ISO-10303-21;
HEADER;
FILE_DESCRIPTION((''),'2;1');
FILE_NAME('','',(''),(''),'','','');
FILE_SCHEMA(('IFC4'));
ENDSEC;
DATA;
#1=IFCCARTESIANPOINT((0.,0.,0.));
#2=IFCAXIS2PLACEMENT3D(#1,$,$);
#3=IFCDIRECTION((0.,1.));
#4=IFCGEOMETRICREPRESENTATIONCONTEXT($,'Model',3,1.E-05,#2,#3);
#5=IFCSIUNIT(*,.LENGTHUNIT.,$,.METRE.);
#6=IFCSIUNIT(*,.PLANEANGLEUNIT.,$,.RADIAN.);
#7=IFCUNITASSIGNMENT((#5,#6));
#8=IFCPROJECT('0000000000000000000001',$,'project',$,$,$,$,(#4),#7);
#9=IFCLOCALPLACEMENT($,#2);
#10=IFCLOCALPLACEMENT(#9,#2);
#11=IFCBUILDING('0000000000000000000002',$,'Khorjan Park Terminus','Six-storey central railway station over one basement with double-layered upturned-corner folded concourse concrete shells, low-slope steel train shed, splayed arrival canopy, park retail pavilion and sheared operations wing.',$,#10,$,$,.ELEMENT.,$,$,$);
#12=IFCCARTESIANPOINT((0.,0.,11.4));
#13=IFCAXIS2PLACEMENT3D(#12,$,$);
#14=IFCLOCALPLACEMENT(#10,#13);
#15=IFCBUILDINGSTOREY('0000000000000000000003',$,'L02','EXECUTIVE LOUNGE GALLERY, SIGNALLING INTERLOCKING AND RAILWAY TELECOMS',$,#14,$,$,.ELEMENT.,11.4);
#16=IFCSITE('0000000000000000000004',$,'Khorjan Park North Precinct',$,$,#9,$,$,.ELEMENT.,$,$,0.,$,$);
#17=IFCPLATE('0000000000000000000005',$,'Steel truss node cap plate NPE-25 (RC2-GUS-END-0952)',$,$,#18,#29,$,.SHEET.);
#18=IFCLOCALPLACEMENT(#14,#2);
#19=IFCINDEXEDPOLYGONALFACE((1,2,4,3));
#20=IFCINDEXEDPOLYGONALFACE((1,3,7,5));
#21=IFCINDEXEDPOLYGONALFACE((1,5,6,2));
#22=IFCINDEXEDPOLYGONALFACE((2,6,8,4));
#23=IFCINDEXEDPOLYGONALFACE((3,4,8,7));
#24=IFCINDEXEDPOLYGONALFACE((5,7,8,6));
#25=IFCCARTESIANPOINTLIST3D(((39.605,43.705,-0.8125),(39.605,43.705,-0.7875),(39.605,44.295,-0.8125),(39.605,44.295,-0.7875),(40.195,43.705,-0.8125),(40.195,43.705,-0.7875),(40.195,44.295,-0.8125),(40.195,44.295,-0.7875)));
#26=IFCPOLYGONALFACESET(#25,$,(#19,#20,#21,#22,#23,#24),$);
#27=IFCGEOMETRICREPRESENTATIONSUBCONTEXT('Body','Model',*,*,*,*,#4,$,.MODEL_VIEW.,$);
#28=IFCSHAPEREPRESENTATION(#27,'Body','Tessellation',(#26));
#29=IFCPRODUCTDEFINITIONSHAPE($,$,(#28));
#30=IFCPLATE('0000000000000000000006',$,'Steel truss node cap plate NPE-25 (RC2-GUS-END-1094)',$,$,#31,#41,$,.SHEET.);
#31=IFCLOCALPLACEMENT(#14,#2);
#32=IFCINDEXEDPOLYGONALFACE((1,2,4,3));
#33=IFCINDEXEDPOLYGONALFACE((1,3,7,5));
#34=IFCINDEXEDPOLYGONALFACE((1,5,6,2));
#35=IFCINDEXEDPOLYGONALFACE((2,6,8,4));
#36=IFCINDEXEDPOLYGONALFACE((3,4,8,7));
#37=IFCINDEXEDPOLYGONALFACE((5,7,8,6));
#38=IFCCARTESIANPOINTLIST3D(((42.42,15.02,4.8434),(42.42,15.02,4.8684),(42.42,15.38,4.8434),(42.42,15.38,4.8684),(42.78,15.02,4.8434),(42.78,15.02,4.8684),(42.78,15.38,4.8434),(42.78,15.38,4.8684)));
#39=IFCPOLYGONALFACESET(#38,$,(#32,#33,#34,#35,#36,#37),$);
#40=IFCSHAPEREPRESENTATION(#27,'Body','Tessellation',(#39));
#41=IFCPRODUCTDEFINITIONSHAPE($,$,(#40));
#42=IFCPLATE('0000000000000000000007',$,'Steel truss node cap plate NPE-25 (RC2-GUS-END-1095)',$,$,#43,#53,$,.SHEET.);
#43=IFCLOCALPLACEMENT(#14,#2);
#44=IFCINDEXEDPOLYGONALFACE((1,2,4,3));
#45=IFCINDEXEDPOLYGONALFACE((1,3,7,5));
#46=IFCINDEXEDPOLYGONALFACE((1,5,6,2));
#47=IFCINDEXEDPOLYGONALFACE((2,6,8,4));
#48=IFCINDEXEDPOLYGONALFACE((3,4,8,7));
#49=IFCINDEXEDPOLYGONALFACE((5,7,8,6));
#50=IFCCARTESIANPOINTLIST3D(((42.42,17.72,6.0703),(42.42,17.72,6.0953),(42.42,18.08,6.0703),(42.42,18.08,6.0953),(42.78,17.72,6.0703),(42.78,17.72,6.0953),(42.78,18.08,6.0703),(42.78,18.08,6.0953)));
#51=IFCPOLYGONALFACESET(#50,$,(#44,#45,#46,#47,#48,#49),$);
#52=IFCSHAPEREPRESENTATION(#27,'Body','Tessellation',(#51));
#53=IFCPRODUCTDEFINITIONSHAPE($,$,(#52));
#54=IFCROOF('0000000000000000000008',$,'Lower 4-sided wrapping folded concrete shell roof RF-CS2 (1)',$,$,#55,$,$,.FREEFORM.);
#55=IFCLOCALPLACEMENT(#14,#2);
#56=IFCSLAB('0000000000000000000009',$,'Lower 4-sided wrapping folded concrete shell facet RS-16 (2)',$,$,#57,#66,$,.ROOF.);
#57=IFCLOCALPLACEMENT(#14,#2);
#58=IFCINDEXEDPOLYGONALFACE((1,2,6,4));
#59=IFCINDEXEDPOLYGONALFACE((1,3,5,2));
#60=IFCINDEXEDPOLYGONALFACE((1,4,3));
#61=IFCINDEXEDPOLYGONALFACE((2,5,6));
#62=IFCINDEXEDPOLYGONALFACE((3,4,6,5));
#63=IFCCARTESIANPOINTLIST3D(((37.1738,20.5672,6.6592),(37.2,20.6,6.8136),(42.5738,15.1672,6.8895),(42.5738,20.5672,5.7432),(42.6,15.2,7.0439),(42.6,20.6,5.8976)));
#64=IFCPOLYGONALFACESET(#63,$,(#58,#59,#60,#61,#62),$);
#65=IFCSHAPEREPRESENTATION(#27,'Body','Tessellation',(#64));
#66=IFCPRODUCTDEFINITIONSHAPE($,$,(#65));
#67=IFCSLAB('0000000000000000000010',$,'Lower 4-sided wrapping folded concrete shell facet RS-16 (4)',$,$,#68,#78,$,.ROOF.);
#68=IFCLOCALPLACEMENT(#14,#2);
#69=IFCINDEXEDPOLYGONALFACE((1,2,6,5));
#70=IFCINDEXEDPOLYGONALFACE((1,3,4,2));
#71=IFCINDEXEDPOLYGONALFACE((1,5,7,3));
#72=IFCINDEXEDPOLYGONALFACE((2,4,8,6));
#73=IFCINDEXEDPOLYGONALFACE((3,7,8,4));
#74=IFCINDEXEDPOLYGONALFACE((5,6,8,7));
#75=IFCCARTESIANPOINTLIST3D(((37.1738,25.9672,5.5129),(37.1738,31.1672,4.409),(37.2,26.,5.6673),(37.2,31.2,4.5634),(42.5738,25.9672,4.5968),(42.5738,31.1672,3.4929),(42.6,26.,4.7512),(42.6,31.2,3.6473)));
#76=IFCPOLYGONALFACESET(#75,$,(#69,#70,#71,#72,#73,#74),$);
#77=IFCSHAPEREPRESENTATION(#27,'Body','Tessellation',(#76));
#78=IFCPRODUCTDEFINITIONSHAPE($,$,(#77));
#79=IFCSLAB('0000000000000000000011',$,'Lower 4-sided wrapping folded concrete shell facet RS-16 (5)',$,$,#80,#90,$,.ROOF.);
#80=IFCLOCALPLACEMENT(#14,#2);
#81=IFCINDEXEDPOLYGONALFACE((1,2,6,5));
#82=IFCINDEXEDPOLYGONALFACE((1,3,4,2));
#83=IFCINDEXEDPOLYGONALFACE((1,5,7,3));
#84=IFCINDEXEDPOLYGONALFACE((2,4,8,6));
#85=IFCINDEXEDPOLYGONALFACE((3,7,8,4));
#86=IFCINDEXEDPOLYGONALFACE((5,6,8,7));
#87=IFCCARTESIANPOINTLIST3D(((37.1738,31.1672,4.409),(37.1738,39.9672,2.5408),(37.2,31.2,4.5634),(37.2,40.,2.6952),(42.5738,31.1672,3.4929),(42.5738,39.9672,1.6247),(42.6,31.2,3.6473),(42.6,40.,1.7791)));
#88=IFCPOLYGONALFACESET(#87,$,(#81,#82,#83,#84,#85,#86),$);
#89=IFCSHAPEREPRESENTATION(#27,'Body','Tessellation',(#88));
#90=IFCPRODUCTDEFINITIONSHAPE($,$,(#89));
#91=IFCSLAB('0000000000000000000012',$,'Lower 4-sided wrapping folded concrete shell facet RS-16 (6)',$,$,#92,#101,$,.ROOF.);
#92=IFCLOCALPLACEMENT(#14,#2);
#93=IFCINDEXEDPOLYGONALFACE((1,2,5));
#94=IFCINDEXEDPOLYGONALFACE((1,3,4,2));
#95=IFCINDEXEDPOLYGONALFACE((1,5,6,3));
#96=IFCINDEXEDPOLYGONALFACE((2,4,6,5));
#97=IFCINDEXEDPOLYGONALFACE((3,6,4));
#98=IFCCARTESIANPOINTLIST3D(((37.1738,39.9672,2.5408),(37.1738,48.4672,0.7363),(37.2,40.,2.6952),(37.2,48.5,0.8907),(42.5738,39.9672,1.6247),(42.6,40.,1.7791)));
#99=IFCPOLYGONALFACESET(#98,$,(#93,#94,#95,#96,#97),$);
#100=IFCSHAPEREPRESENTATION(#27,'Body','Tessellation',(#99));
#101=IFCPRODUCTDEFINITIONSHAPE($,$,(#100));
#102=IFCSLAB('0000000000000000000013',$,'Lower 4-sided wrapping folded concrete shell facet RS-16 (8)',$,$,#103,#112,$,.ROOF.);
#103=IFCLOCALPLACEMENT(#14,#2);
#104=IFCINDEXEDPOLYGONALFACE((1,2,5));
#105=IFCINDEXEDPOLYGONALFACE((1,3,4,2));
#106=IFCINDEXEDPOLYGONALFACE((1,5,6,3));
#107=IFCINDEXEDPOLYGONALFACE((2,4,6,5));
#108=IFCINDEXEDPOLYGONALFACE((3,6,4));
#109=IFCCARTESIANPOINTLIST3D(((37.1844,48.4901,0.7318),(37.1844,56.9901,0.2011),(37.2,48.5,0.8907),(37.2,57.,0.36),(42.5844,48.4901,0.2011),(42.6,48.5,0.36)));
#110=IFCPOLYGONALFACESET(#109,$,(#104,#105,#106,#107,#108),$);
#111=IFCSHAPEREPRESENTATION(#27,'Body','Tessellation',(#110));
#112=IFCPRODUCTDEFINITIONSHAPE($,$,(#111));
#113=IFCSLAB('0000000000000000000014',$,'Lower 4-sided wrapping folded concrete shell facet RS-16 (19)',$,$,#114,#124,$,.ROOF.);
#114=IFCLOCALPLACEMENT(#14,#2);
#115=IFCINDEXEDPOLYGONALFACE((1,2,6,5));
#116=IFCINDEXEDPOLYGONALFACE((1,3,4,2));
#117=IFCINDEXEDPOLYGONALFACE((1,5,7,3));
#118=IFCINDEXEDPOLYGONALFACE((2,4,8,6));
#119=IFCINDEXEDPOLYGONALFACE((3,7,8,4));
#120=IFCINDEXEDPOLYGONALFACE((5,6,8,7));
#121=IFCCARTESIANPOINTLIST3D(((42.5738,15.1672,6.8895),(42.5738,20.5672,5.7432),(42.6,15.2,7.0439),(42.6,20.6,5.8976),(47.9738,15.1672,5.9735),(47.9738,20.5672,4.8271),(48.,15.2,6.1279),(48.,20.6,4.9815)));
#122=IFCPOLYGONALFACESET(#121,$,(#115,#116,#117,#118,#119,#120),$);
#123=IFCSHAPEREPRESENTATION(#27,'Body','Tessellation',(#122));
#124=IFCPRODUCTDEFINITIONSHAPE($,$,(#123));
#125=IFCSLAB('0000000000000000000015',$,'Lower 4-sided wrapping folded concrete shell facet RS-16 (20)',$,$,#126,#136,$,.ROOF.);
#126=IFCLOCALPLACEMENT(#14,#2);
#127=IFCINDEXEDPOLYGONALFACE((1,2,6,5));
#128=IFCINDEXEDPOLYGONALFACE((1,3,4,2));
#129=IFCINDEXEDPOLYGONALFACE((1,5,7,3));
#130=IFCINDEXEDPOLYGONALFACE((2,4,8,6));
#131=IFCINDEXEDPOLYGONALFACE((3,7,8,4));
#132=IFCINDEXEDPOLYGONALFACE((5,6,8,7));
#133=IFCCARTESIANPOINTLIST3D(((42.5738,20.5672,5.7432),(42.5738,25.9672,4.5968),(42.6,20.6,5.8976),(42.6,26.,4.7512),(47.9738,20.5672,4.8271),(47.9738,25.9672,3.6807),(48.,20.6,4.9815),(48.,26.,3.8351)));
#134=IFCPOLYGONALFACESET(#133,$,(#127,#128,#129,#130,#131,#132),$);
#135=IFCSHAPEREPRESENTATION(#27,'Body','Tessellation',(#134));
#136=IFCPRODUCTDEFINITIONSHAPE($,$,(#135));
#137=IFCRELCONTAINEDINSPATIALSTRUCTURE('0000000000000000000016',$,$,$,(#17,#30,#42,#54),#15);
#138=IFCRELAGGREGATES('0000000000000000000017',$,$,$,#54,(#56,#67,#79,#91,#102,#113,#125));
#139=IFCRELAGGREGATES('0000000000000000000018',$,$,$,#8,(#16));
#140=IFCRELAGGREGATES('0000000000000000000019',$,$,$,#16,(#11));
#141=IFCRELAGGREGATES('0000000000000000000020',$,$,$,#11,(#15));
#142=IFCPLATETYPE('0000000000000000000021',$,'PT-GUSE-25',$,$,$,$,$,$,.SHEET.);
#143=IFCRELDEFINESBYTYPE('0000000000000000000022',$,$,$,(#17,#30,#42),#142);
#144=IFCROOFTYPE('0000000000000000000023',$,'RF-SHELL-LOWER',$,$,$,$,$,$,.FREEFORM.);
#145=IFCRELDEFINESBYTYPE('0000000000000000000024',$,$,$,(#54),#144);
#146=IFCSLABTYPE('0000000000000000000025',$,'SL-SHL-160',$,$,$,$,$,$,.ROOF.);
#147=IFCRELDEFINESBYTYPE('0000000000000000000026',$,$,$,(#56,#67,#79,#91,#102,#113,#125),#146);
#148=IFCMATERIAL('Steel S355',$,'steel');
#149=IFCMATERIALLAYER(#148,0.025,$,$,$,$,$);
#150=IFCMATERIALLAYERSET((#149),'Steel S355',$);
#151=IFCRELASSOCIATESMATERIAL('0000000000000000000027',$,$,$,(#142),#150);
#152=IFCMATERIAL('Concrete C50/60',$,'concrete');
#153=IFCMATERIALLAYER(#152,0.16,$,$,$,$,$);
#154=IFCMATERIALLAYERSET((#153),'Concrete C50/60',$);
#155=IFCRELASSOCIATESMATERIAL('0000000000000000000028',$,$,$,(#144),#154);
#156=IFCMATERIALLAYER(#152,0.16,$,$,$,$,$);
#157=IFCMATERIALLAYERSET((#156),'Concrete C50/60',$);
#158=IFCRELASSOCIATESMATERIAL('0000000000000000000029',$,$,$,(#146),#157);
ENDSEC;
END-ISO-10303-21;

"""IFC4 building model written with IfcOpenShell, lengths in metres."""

from ifc_helpers import new_model, si_unit, direction, frame, origin, origin_2d, place, context, subcontext, project, spatial, polyline, rectangle, outline, extrude, material, layer, layer_set, type_object, element, aggregate, save


model = new_model("IFC4")

# Units and contexts
model_context = context("Model", 3, precision=1e-05, world=origin(), true_north=direction((0.0, 1.0)))
body_context = subcontext(model_context, "Body", "Model", "MODEL_VIEW")
ifc_project = project(units=[si_unit("LENGTHUNIT", "METRE"), si_unit("PLANEANGLEUNIT", "RADIAN")], contexts=[model_context])

# Site, building, storey
site_placement = place(None, origin())
site = spatial("IfcSite", under=ifc_project, at=site_placement, Name="Khorjan Park North Precinct", CompositionType="ELEMENT", RefElevation=0.0)
building_placement = place(site_placement, origin())
building = spatial("IfcBuilding", under=site, at=building_placement, Name="Khorjan Park Terminus", Description="Six-storey central railway station over one basement with double-layered upturned-corner folded concourse concrete shells, low-slope steel train shed, splayed arrival canopy, park retail pavilion and sheared operations wing.", CompositionType="ELEMENT")
storey_placement = place(building_placement, frame((0.0, 0.0, 11.4)))
storey = spatial("IfcBuildingStorey", under=building, at=storey_placement, Name="L02", Description="EXECUTIVE LOUNGE GALLERY, SIGNALLING INTERLOCKING AND RAILWAY TELECOMS", CompositionType="ELEMENT", Elevation=11.4)

# Shared definitions
ifc_material_1 = material(Name="Steel S355", Category="steel")

# Plates
ifc_layer_1 = layer(ifc_material_1, 0.025)
ifc_layer_set_1 = layer_set([ifc_layer_1], Name="Steel S355")
plate_type = type_object("IfcPlateType", Name="PT-GUSE-25", PredefinedType="SHEET", material=ifc_layer_set_1)
for number, where, z_axis, x_axis, name in (
    (1, (39.9, 44.0, -0.8125), (0.0, 0.0, 1.0), (1.0, 0.0, 0.0), "Steel truss node cap plate NPE-25 (RC2-GUS-END-0952)"),
):
    element("IfcPlate", number, at=place(storey_placement, frame(where, z_axis=z_axis, x_axis=x_axis)), inside=storey, type_object=plate_type, Name=name, PredefinedType="SHEET", context=body_context, shape_type="SweptSolid", body=[
        extrude(rectangle(XDim=0.59, YDim=0.59, at=origin_2d()), origin(), (0.0, 0.0, 1.0), 0.025),
    ])
for number, where, z_axis, x_axis, name in (
    (2, (42.6, 15.2, 4.8434), (0.0, 0.0, 1.0), (1.0, 0.0, 0.0), "Steel truss node cap plate NPE-25 (RC2-GUS-END-1094)"),
    (3, (42.6, 17.9, 6.0703), (0.0, 0.0, 1.0), (1.0, 0.0, 0.0), "Steel truss node cap plate NPE-25 (RC2-GUS-END-1095)"),
):
    element("IfcPlate", number, at=place(storey_placement, frame(where, z_axis=z_axis, x_axis=x_axis)), inside=storey, type_object=plate_type, Name=name, PredefinedType="SHEET", context=body_context, shape_type="SweptSolid", body=[
        extrude(rectangle(XDim=0.36, YDim=0.36, at=origin_2d()), origin(), (0.0, 0.0, 1.0), 0.025),
    ])

# Roof, slabs
ifc_material_2 = material(Name="Concrete C50/60", Category="concrete")
ifc_layer_2 = layer(ifc_material_2, 0.16)
ifc_layer_set_2 = layer_set([ifc_layer_2], Name="Concrete C50/60")
roof_type = type_object("IfcRoofType", Name="RF-SHELL-LOWER", PredefinedType="FREEFORM", material=ifc_layer_set_2)
roof_placement = place(storey_placement, origin())
roof = element("IfcRoof", 4, at=roof_placement, inside=storey, type_object=roof_type, Name="Lower 4-sided wrapping folded concrete shell roof RF-CS2 (1)", PredefinedType="FREEFORM")
ifc_layer_3 = layer(ifc_material_2, 0.16)
ifc_layer_set_3 = layer_set([ifc_layer_3], Name="Concrete C50/60")
slab_type = type_object("IfcSlabType", Name="SL-SHL-160", PredefinedType="ROOF", material=ifc_layer_set_3)
slab_1_placement = place(storey_placement, frame((42.6, 15.2, 7.0439), z_axis=(0.163694, 0.20485, 0.965008), x_axis=(0.0, 0.978203, -0.207651)))
slab_1 = element("IfcSlab", 5, at=slab_1_placement, type_object=slab_type, Name="Lower 4-sided wrapping folded concrete shell facet RS-16 (2)", PredefinedType="ROOF", context=body_context, shape_type="SweptSolid", body=[
    extrude(outline(polyline([(0.0, 0.0), (5.5203, 0.0), (5.3301, 5.4738), (0.0, 0.0)])), origin(), (0.0, 0.0, -1.0), 0.16),
])
slab_2_placement = place(storey_placement, frame((37.2, 26.0, 5.6673), z_axis=(0.163711, 0.204859, 0.965003), x_axis=(0.985913, 0.0, -0.167258)))
slab_2 = element("IfcSlab", 6, at=slab_2_placement, type_object=slab_type, Name="Lower 4-sided wrapping folded concrete shell facet RS-16 (4)", PredefinedType="ROOF", context=body_context, shape_type="SweptSolid", body=[
    extrude(outline(polyline([(0.0, 0.0), (5.4772, 0.0), (5.6618, 5.3127), (0.1846, 5.3127), (0.0, 0.0)])), origin(), (0.0, 0.0, -1.0), 0.16),
])
slab_3_placement = place(storey_placement, frame((37.2, 31.2, 4.5634), z_axis=(0.163711, 0.204866, 0.965002), x_axis=(0.985913, 0.0, -0.167258)))
slab_3 = element("IfcSlab", 7, at=slab_3_placement, type_object=slab_type, Name="Lower 4-sided wrapping folded concrete shell facet RS-16 (5)", PredefinedType="ROOF", context=body_context, shape_type="SweptSolid", body=[
    extrude(outline(polyline([(0.0, 0.0), (5.4772, 0.0), (5.7896, 8.9907), (0.3125, 8.9907), (0.0, 0.0)])), origin(), (0.0, 0.0, -1.0), 0.16),
])
slab_4_placement = place(storey_placement, frame((37.2, 40.0, 2.6952), z_axis=(0.163711, 0.204864, 0.965002), x_axis=(0.985913, 0.0, -0.167258)))
slab_4 = element("IfcSlab", 8, at=slab_4_placement, type_object=slab_type, Name="Lower 4-sided wrapping folded concrete shell facet RS-16 (6)", PredefinedType="ROOF", context=body_context, shape_type="SweptSolid", body=[
    extrude(outline(polyline([(0.0, 0.0), (5.4772, 0.0), (0.3018, 8.6842), (0.0, 0.0)])), origin(), (0.0, 0.0, -1.0), 0.16),
])
slab_5_placement = place(storey_placement, frame((37.2, 48.5, 0.8907), z_axis=(0.097618, 0.062016, 0.99329), x_axis=(0.995205, 0.0, -0.097807)))
slab_5 = element("IfcSlab", 9, at=slab_5_placement, type_object=slab_type, Name="Lower 4-sided wrapping folded concrete shell facet RS-16 (8)", PredefinedType="ROOF", context=body_context, shape_type="SweptSolid", body=[
    extrude(outline(polyline([(0.0, 0.0), (5.426, 0.0), (0.0519, 8.5164), (0.0, 0.0)])), origin(), (0.0, 0.0, -1.0), 0.16),
])
slab_6_placement = place(storey_placement, frame((42.6, 15.2, 7.0439), z_axis=(0.163702, 0.204858, 0.965005), x_axis=(0.985915, -0.000002, -0.167249)))
slab_6 = element("IfcSlab", 10, at=slab_6_placement, type_object=slab_type, Name="Lower 4-sided wrapping folded concrete shell facet RS-16 (19)", PredefinedType="ROOF", context=body_context, shape_type="SweptSolid", body=[
    extrude(outline(polyline([(0.0, 0.0), (5.4771, 0.0), (5.6689, 5.517), (0.1917, 5.517), (0.0, 0.0)])), origin(), (0.0, 0.0, -1.0), 0.16),
])
slab_7_placement = place(storey_placement, frame((42.6, 20.6, 5.8976), z_axis=(0.163711, 0.204866, 0.965002), x_axis=(0.985913, 0.0, -0.167258)))
slab_7 = element("IfcSlab", 11, at=slab_7_placement, type_object=slab_type, Name="Lower 4-sided wrapping folded concrete shell facet RS-16 (20)", PredefinedType="ROOF", context=body_context, shape_type="SweptSolid", body=[
    extrude(outline(polyline([(0.0, 0.0), (5.4772, 0.0), (5.6689, 5.517), (0.1917, 5.517), (0.0, 0.0)])), origin(), (0.0, 0.0, -1.0), 0.16),
])
aggregate(roof, [slab_1, slab_2, slab_3, slab_4, slab_5, slab_6, slab_7])

save(model, "model.ifc")
